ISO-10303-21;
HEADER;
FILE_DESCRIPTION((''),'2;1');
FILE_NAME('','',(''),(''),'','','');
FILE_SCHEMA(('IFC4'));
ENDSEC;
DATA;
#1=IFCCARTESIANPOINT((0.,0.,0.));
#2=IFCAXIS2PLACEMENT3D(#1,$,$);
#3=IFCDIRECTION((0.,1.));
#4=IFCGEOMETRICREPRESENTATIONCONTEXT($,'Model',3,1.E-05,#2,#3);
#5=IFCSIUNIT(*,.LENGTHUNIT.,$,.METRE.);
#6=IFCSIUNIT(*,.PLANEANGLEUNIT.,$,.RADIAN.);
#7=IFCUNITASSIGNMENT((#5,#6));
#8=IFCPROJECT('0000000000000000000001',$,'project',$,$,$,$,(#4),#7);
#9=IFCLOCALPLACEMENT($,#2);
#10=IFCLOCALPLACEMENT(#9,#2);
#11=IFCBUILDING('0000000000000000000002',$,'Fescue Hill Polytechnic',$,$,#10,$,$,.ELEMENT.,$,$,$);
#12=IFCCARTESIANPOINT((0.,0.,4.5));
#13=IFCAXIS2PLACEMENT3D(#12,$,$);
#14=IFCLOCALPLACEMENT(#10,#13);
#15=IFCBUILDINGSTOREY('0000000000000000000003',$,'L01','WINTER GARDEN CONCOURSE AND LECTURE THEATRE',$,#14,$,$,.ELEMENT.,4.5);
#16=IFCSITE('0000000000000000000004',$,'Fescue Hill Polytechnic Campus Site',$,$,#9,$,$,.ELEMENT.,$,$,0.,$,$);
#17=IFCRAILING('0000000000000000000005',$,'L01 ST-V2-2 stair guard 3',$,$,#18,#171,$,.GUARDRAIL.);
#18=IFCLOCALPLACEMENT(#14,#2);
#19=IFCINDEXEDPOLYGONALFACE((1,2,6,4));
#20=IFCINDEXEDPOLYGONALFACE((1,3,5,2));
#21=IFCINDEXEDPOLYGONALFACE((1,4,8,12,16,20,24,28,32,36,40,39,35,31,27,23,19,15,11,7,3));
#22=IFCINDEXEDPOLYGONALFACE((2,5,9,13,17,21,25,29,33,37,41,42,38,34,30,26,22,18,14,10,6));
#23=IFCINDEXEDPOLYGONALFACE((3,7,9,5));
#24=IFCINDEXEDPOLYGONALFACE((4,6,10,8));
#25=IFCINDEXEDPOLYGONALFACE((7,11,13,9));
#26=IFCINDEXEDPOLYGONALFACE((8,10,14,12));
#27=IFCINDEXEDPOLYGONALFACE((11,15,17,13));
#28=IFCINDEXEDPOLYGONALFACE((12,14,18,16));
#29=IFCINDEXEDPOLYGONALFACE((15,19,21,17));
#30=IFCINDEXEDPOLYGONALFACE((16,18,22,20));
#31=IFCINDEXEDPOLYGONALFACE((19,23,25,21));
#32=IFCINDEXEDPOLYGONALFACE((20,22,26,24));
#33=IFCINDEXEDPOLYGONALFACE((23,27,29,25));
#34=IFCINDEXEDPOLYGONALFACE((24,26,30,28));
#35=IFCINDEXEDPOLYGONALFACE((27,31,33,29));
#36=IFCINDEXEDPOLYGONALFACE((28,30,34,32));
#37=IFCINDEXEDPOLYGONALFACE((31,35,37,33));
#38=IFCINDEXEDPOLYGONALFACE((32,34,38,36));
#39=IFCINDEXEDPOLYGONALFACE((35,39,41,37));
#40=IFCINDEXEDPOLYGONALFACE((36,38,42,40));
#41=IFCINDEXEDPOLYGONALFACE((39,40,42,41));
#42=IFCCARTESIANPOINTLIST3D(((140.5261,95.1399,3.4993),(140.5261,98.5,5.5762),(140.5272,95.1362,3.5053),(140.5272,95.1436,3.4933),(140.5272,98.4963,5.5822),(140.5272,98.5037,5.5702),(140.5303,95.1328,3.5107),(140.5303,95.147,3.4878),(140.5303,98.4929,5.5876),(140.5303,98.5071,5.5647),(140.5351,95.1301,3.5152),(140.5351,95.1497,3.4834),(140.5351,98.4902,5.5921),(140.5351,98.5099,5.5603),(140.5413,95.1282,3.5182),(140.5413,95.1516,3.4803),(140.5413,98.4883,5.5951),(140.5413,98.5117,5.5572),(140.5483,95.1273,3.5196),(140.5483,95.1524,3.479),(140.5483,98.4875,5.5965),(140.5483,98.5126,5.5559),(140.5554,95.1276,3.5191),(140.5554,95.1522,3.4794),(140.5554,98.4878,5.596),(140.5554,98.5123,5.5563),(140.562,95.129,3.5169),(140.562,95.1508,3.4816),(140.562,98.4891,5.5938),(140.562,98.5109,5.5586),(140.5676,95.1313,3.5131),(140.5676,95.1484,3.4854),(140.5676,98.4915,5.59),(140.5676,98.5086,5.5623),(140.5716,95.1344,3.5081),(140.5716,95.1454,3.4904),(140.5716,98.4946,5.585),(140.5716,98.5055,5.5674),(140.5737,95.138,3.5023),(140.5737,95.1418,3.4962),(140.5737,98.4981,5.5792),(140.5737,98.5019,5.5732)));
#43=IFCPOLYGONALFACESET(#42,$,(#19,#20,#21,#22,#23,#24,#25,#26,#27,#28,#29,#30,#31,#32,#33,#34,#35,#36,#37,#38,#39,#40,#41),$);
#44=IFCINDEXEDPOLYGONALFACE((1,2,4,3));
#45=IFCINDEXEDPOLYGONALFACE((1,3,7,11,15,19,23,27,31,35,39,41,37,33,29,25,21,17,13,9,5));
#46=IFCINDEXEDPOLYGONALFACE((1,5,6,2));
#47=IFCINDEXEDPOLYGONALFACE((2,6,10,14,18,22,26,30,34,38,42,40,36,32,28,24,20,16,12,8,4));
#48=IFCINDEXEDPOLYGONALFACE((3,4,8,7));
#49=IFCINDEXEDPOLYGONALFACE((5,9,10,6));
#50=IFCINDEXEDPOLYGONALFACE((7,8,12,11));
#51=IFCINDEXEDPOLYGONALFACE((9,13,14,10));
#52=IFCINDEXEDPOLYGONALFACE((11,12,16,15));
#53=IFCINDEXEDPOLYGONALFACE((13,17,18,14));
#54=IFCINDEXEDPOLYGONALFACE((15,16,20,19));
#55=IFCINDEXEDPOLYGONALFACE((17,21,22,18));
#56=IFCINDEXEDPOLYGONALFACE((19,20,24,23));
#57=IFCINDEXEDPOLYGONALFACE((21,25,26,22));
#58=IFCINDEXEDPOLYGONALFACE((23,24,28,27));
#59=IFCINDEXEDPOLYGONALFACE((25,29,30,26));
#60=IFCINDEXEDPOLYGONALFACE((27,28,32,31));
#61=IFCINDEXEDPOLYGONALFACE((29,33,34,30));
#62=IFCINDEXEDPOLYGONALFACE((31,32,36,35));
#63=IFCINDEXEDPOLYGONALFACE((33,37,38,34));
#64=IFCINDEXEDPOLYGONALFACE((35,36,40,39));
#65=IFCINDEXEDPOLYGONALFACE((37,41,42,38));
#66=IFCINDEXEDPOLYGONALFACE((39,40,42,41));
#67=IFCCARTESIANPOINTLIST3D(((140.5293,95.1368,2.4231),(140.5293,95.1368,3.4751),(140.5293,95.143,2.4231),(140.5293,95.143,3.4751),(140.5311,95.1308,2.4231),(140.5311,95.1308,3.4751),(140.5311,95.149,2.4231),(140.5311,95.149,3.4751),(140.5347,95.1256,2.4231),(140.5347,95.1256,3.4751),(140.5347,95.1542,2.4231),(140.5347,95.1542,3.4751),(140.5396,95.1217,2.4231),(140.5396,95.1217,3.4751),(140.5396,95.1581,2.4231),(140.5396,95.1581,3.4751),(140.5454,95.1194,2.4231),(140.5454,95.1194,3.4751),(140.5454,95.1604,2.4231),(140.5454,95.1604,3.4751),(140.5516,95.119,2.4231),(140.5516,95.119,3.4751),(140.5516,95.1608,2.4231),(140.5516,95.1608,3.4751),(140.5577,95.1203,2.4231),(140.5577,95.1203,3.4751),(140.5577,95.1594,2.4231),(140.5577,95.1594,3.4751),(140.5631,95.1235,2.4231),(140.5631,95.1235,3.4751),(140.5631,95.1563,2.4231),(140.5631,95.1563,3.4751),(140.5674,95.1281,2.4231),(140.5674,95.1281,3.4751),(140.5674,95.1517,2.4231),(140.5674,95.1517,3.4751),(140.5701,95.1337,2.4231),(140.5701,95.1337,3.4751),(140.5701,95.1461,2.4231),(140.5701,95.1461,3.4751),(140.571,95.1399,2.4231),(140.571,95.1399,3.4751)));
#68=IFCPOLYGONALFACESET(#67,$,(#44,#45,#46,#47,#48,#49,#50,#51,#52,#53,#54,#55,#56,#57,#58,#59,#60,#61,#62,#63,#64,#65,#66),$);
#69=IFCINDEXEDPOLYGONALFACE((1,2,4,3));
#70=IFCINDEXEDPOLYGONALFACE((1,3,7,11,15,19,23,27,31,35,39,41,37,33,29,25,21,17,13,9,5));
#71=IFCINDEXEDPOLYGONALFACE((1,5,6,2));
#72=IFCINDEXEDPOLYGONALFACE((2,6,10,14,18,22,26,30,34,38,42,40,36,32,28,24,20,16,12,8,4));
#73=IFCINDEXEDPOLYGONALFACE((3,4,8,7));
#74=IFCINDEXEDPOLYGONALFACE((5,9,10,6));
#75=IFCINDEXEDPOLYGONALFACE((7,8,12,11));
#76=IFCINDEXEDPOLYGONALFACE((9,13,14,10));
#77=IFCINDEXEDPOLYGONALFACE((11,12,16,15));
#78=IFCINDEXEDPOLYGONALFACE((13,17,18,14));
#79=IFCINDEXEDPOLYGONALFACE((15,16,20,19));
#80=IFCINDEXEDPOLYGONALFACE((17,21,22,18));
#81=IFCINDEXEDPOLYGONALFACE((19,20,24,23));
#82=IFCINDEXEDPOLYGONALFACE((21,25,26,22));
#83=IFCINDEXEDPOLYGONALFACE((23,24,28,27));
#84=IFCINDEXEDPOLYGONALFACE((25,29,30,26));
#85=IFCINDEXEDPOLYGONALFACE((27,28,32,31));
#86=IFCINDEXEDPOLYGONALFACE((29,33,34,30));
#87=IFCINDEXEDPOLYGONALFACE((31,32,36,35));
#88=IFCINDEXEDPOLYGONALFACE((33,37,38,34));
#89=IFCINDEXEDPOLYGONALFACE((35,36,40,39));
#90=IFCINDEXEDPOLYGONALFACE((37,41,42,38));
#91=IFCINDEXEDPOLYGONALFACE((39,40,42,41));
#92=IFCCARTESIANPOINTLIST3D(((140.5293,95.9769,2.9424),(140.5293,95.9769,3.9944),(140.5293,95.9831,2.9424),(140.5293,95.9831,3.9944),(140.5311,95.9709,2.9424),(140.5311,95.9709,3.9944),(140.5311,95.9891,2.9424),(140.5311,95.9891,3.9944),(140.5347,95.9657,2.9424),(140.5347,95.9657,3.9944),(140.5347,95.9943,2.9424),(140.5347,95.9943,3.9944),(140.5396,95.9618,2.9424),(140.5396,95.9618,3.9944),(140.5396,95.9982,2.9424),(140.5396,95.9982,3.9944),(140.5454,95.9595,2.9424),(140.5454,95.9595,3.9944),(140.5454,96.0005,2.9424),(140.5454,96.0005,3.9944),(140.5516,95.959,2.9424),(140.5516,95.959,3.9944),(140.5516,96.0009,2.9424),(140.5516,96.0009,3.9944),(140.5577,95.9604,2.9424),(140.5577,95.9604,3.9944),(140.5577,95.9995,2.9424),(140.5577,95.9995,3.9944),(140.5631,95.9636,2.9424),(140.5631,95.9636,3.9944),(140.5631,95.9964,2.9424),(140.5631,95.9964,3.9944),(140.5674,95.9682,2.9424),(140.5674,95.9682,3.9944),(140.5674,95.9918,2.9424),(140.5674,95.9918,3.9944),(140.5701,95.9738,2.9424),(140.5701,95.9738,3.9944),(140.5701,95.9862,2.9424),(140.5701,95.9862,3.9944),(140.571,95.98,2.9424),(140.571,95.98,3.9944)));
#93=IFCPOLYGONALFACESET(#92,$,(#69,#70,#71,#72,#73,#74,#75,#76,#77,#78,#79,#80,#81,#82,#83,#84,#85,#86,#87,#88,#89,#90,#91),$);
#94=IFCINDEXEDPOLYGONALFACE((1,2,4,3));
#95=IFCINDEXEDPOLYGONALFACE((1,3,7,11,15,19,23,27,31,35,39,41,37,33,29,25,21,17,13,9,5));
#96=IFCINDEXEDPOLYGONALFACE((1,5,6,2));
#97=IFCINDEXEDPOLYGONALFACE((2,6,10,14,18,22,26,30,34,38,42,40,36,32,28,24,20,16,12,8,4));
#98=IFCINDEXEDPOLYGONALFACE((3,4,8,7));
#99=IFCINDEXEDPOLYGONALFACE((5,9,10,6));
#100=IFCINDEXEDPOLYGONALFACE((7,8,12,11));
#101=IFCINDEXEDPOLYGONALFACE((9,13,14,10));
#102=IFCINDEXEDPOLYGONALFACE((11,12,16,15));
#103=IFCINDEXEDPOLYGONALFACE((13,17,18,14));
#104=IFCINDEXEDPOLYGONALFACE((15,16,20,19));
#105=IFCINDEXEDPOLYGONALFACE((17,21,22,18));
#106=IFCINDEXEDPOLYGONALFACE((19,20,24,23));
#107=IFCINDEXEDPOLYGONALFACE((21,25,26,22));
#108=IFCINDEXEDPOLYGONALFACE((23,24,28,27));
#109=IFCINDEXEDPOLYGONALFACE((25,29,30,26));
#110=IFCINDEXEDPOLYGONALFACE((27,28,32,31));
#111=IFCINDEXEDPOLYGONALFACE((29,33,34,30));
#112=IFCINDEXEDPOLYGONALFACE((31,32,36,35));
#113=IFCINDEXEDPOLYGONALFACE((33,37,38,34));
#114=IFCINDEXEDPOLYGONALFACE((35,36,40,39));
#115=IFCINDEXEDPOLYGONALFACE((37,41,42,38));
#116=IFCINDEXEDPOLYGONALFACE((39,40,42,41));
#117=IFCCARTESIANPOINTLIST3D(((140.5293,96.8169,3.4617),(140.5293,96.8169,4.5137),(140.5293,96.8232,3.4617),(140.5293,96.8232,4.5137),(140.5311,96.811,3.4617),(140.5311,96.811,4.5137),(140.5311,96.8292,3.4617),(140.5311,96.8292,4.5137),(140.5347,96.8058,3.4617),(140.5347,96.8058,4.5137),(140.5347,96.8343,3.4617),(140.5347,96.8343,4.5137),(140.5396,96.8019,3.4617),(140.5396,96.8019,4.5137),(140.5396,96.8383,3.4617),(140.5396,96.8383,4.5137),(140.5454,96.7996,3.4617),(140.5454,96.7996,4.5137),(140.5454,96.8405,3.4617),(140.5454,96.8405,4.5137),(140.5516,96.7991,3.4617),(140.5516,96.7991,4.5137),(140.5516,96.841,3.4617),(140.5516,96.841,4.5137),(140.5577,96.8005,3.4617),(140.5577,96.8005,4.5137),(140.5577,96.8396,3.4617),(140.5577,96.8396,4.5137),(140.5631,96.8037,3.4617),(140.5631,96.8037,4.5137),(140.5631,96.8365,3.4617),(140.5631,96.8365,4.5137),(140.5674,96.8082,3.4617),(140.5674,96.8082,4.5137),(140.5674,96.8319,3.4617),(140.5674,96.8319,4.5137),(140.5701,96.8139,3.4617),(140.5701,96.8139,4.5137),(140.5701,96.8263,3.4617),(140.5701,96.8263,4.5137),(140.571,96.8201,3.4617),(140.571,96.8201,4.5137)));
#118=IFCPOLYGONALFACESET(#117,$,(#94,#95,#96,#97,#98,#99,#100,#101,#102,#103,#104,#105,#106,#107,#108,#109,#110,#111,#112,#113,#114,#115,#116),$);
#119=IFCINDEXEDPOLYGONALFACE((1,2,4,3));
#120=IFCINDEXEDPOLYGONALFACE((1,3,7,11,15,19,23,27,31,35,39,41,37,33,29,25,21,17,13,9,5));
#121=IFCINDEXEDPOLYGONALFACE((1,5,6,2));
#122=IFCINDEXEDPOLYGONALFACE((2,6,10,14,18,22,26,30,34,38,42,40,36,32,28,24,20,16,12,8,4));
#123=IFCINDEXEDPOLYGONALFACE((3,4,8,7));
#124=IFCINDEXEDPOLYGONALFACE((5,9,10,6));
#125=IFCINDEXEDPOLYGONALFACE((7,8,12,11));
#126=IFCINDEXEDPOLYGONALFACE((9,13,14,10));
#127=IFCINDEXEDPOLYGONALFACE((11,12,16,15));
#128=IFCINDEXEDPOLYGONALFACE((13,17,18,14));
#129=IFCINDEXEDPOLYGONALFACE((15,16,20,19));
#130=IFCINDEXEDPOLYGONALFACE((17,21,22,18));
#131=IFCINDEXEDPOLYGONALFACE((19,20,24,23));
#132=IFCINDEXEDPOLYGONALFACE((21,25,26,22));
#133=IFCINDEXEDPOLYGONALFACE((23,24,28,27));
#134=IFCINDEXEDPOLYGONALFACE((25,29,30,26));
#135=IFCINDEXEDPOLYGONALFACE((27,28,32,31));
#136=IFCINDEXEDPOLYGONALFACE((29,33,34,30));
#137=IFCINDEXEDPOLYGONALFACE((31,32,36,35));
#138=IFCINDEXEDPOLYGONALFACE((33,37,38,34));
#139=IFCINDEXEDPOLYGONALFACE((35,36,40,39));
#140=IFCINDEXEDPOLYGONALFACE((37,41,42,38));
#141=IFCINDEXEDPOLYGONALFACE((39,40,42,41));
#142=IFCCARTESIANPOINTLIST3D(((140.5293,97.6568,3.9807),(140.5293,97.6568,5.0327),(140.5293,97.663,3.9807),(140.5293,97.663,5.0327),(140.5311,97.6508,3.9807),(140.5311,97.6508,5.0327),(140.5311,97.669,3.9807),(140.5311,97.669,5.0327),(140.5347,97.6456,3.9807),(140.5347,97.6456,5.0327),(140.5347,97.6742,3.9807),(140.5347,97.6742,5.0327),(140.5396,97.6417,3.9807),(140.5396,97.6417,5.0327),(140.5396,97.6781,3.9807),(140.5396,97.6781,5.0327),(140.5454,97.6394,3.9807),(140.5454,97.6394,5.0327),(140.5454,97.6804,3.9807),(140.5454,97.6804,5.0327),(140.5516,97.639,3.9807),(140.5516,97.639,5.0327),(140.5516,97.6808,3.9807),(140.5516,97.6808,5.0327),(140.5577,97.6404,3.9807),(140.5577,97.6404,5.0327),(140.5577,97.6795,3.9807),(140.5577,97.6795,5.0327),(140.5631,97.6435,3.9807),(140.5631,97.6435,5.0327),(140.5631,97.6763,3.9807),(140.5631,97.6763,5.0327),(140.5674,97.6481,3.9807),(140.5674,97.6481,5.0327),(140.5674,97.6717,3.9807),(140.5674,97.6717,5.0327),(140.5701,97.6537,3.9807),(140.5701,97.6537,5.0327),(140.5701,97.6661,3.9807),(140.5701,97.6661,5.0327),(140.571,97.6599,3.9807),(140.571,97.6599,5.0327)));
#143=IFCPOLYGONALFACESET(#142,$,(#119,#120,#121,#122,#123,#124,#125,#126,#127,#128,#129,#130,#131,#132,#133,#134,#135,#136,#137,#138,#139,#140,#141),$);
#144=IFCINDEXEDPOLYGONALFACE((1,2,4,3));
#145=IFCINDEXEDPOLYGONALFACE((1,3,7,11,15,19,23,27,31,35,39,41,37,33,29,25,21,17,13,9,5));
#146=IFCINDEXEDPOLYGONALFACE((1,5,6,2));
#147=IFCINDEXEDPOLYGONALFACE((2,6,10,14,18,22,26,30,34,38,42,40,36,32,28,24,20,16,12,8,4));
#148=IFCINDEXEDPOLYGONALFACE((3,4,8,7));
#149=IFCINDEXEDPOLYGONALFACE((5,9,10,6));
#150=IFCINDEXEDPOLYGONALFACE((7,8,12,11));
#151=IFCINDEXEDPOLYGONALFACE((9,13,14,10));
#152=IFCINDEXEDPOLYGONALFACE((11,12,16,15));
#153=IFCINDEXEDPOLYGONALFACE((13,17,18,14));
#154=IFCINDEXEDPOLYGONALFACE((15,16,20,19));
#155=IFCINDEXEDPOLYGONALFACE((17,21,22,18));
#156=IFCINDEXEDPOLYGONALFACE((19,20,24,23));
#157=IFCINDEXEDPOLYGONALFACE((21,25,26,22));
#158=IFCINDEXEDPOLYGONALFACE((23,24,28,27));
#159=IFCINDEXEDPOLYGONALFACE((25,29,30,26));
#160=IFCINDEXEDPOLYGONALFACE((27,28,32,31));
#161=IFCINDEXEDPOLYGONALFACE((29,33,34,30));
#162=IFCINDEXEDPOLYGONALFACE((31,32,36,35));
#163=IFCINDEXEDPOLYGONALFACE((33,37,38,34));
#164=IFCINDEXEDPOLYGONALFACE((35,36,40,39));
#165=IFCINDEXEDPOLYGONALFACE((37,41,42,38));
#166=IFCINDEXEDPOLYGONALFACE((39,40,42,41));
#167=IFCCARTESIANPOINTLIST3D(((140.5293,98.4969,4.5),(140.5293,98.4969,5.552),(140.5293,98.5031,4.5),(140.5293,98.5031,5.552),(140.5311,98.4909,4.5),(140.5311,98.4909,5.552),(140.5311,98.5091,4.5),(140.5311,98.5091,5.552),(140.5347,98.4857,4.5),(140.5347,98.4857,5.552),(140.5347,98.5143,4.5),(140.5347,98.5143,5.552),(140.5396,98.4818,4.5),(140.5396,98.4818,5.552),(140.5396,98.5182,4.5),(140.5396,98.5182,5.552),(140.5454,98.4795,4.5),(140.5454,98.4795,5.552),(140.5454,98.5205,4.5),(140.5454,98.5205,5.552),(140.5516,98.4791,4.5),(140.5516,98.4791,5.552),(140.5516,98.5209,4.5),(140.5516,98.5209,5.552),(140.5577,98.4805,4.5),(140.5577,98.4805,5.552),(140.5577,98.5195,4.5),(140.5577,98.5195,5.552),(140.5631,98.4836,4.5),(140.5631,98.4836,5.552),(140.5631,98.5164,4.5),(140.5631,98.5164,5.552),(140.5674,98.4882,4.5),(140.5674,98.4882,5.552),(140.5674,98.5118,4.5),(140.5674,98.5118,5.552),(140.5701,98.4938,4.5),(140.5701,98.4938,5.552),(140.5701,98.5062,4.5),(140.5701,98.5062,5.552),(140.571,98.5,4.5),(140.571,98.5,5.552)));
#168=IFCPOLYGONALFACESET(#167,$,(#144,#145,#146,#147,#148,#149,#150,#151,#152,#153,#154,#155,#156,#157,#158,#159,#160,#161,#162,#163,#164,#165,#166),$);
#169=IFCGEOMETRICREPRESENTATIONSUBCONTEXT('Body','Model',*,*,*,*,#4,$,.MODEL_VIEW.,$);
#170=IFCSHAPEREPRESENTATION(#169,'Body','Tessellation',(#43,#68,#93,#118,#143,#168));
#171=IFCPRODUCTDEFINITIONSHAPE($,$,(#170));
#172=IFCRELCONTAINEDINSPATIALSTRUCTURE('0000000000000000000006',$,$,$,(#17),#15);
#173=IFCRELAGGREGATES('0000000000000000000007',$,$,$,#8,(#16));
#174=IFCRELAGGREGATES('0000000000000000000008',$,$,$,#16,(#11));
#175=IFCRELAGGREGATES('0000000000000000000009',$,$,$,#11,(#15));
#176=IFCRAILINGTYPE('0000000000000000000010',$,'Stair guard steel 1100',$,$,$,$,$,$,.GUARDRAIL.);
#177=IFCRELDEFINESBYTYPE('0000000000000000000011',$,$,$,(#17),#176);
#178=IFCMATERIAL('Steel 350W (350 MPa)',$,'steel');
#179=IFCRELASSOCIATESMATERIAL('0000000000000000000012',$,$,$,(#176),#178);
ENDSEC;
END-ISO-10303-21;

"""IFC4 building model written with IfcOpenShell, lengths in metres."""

from ifc_helpers import new_model, si_unit, direction, frame, origin, origin_2d, place, context, subcontext, project, spatial, circle, extrude, material, type_object, element, save


model = new_model("IFC4")

# Units and contexts
model_context = context("Model", 3, precision=1e-05, world=origin(), true_north=direction((0.0, 1.0)))
body_context = subcontext(model_context, "Body", "Model", "MODEL_VIEW")
ifc_project = project(units=[si_unit("LENGTHUNIT", "METRE"), si_unit("PLANEANGLEUNIT", "RADIAN")], contexts=[model_context])

# Site, building, storey
site_placement = place(None, origin())
site = spatial("IfcSite", under=ifc_project, at=site_placement, Name="Fescue Hill Polytechnic Campus Site", CompositionType="ELEMENT", RefElevation=0.0)
building_placement = place(site_placement, origin())
building = spatial("IfcBuilding", under=site, at=building_placement, Name="Fescue Hill Polytechnic", CompositionType="ELEMENT")
storey_placement = place(building_placement, frame((0.0, 0.0, 4.5)))
storey = spatial("IfcBuildingStorey", under=building, at=storey_placement, Name="L01", Description="WINTER GARDEN CONCOURSE AND LECTURE THEATRE", CompositionType="ELEMENT", Elevation=4.5)

# Railing
ifc_material_1 = material(Name="Steel 350W (350 MPa)", Category="steel")
railing_type_1 = type_object("IfcRailingType", Name="Stair guard steel 1100", PredefinedType="GUARDRAIL", material=ifc_material_1)
railing_1_placement = place(storey_placement, frame((140.55, 95.1399, 2.4231)))
element("IfcRailing", 1, at=railing_1_placement, inside=storey, type_object=railing_type_1, Name="L01 ST-V2-2 stair guard 3", PredefinedType="GUARDRAIL", context=body_context, shape_type="SweptSolid", body=[
    extrude(circle(Radius=0.0239, at=origin_2d()), frame((0.0, 0.0, 1.0762), z_axis=(0.0, 0.850623, 0.525776), x_axis=(-1.0, 0.0, 0.0)), (0.0, 0.0, 1.0), 3.9502),
    extrude(circle(Radius=0.021, at=origin_2d()), origin(), (0.0, 0.0, 1.0), 1.052),
    extrude(circle(Radius=0.021, at=origin_2d()), frame((0.0, 0.8401, 0.5193)), (0.0, 0.0, 1.0), 1.052),
    extrude(circle(Radius=0.021, at=origin_2d()), frame((0.0, 1.6802, 1.0386)), (0.0, 0.0, 1.0), 1.052),
    extrude(circle(Radius=0.021, at=origin_2d()), frame((0.0, 2.52, 1.5576)), (0.0, 0.0, 1.0), 1.052),
    extrude(circle(Radius=0.021, at=origin_2d()), frame((0.0, 3.3601, 2.0769)), (0.0, 0.0, 1.0), 1.052),
])

save(model, "model.ifc")
